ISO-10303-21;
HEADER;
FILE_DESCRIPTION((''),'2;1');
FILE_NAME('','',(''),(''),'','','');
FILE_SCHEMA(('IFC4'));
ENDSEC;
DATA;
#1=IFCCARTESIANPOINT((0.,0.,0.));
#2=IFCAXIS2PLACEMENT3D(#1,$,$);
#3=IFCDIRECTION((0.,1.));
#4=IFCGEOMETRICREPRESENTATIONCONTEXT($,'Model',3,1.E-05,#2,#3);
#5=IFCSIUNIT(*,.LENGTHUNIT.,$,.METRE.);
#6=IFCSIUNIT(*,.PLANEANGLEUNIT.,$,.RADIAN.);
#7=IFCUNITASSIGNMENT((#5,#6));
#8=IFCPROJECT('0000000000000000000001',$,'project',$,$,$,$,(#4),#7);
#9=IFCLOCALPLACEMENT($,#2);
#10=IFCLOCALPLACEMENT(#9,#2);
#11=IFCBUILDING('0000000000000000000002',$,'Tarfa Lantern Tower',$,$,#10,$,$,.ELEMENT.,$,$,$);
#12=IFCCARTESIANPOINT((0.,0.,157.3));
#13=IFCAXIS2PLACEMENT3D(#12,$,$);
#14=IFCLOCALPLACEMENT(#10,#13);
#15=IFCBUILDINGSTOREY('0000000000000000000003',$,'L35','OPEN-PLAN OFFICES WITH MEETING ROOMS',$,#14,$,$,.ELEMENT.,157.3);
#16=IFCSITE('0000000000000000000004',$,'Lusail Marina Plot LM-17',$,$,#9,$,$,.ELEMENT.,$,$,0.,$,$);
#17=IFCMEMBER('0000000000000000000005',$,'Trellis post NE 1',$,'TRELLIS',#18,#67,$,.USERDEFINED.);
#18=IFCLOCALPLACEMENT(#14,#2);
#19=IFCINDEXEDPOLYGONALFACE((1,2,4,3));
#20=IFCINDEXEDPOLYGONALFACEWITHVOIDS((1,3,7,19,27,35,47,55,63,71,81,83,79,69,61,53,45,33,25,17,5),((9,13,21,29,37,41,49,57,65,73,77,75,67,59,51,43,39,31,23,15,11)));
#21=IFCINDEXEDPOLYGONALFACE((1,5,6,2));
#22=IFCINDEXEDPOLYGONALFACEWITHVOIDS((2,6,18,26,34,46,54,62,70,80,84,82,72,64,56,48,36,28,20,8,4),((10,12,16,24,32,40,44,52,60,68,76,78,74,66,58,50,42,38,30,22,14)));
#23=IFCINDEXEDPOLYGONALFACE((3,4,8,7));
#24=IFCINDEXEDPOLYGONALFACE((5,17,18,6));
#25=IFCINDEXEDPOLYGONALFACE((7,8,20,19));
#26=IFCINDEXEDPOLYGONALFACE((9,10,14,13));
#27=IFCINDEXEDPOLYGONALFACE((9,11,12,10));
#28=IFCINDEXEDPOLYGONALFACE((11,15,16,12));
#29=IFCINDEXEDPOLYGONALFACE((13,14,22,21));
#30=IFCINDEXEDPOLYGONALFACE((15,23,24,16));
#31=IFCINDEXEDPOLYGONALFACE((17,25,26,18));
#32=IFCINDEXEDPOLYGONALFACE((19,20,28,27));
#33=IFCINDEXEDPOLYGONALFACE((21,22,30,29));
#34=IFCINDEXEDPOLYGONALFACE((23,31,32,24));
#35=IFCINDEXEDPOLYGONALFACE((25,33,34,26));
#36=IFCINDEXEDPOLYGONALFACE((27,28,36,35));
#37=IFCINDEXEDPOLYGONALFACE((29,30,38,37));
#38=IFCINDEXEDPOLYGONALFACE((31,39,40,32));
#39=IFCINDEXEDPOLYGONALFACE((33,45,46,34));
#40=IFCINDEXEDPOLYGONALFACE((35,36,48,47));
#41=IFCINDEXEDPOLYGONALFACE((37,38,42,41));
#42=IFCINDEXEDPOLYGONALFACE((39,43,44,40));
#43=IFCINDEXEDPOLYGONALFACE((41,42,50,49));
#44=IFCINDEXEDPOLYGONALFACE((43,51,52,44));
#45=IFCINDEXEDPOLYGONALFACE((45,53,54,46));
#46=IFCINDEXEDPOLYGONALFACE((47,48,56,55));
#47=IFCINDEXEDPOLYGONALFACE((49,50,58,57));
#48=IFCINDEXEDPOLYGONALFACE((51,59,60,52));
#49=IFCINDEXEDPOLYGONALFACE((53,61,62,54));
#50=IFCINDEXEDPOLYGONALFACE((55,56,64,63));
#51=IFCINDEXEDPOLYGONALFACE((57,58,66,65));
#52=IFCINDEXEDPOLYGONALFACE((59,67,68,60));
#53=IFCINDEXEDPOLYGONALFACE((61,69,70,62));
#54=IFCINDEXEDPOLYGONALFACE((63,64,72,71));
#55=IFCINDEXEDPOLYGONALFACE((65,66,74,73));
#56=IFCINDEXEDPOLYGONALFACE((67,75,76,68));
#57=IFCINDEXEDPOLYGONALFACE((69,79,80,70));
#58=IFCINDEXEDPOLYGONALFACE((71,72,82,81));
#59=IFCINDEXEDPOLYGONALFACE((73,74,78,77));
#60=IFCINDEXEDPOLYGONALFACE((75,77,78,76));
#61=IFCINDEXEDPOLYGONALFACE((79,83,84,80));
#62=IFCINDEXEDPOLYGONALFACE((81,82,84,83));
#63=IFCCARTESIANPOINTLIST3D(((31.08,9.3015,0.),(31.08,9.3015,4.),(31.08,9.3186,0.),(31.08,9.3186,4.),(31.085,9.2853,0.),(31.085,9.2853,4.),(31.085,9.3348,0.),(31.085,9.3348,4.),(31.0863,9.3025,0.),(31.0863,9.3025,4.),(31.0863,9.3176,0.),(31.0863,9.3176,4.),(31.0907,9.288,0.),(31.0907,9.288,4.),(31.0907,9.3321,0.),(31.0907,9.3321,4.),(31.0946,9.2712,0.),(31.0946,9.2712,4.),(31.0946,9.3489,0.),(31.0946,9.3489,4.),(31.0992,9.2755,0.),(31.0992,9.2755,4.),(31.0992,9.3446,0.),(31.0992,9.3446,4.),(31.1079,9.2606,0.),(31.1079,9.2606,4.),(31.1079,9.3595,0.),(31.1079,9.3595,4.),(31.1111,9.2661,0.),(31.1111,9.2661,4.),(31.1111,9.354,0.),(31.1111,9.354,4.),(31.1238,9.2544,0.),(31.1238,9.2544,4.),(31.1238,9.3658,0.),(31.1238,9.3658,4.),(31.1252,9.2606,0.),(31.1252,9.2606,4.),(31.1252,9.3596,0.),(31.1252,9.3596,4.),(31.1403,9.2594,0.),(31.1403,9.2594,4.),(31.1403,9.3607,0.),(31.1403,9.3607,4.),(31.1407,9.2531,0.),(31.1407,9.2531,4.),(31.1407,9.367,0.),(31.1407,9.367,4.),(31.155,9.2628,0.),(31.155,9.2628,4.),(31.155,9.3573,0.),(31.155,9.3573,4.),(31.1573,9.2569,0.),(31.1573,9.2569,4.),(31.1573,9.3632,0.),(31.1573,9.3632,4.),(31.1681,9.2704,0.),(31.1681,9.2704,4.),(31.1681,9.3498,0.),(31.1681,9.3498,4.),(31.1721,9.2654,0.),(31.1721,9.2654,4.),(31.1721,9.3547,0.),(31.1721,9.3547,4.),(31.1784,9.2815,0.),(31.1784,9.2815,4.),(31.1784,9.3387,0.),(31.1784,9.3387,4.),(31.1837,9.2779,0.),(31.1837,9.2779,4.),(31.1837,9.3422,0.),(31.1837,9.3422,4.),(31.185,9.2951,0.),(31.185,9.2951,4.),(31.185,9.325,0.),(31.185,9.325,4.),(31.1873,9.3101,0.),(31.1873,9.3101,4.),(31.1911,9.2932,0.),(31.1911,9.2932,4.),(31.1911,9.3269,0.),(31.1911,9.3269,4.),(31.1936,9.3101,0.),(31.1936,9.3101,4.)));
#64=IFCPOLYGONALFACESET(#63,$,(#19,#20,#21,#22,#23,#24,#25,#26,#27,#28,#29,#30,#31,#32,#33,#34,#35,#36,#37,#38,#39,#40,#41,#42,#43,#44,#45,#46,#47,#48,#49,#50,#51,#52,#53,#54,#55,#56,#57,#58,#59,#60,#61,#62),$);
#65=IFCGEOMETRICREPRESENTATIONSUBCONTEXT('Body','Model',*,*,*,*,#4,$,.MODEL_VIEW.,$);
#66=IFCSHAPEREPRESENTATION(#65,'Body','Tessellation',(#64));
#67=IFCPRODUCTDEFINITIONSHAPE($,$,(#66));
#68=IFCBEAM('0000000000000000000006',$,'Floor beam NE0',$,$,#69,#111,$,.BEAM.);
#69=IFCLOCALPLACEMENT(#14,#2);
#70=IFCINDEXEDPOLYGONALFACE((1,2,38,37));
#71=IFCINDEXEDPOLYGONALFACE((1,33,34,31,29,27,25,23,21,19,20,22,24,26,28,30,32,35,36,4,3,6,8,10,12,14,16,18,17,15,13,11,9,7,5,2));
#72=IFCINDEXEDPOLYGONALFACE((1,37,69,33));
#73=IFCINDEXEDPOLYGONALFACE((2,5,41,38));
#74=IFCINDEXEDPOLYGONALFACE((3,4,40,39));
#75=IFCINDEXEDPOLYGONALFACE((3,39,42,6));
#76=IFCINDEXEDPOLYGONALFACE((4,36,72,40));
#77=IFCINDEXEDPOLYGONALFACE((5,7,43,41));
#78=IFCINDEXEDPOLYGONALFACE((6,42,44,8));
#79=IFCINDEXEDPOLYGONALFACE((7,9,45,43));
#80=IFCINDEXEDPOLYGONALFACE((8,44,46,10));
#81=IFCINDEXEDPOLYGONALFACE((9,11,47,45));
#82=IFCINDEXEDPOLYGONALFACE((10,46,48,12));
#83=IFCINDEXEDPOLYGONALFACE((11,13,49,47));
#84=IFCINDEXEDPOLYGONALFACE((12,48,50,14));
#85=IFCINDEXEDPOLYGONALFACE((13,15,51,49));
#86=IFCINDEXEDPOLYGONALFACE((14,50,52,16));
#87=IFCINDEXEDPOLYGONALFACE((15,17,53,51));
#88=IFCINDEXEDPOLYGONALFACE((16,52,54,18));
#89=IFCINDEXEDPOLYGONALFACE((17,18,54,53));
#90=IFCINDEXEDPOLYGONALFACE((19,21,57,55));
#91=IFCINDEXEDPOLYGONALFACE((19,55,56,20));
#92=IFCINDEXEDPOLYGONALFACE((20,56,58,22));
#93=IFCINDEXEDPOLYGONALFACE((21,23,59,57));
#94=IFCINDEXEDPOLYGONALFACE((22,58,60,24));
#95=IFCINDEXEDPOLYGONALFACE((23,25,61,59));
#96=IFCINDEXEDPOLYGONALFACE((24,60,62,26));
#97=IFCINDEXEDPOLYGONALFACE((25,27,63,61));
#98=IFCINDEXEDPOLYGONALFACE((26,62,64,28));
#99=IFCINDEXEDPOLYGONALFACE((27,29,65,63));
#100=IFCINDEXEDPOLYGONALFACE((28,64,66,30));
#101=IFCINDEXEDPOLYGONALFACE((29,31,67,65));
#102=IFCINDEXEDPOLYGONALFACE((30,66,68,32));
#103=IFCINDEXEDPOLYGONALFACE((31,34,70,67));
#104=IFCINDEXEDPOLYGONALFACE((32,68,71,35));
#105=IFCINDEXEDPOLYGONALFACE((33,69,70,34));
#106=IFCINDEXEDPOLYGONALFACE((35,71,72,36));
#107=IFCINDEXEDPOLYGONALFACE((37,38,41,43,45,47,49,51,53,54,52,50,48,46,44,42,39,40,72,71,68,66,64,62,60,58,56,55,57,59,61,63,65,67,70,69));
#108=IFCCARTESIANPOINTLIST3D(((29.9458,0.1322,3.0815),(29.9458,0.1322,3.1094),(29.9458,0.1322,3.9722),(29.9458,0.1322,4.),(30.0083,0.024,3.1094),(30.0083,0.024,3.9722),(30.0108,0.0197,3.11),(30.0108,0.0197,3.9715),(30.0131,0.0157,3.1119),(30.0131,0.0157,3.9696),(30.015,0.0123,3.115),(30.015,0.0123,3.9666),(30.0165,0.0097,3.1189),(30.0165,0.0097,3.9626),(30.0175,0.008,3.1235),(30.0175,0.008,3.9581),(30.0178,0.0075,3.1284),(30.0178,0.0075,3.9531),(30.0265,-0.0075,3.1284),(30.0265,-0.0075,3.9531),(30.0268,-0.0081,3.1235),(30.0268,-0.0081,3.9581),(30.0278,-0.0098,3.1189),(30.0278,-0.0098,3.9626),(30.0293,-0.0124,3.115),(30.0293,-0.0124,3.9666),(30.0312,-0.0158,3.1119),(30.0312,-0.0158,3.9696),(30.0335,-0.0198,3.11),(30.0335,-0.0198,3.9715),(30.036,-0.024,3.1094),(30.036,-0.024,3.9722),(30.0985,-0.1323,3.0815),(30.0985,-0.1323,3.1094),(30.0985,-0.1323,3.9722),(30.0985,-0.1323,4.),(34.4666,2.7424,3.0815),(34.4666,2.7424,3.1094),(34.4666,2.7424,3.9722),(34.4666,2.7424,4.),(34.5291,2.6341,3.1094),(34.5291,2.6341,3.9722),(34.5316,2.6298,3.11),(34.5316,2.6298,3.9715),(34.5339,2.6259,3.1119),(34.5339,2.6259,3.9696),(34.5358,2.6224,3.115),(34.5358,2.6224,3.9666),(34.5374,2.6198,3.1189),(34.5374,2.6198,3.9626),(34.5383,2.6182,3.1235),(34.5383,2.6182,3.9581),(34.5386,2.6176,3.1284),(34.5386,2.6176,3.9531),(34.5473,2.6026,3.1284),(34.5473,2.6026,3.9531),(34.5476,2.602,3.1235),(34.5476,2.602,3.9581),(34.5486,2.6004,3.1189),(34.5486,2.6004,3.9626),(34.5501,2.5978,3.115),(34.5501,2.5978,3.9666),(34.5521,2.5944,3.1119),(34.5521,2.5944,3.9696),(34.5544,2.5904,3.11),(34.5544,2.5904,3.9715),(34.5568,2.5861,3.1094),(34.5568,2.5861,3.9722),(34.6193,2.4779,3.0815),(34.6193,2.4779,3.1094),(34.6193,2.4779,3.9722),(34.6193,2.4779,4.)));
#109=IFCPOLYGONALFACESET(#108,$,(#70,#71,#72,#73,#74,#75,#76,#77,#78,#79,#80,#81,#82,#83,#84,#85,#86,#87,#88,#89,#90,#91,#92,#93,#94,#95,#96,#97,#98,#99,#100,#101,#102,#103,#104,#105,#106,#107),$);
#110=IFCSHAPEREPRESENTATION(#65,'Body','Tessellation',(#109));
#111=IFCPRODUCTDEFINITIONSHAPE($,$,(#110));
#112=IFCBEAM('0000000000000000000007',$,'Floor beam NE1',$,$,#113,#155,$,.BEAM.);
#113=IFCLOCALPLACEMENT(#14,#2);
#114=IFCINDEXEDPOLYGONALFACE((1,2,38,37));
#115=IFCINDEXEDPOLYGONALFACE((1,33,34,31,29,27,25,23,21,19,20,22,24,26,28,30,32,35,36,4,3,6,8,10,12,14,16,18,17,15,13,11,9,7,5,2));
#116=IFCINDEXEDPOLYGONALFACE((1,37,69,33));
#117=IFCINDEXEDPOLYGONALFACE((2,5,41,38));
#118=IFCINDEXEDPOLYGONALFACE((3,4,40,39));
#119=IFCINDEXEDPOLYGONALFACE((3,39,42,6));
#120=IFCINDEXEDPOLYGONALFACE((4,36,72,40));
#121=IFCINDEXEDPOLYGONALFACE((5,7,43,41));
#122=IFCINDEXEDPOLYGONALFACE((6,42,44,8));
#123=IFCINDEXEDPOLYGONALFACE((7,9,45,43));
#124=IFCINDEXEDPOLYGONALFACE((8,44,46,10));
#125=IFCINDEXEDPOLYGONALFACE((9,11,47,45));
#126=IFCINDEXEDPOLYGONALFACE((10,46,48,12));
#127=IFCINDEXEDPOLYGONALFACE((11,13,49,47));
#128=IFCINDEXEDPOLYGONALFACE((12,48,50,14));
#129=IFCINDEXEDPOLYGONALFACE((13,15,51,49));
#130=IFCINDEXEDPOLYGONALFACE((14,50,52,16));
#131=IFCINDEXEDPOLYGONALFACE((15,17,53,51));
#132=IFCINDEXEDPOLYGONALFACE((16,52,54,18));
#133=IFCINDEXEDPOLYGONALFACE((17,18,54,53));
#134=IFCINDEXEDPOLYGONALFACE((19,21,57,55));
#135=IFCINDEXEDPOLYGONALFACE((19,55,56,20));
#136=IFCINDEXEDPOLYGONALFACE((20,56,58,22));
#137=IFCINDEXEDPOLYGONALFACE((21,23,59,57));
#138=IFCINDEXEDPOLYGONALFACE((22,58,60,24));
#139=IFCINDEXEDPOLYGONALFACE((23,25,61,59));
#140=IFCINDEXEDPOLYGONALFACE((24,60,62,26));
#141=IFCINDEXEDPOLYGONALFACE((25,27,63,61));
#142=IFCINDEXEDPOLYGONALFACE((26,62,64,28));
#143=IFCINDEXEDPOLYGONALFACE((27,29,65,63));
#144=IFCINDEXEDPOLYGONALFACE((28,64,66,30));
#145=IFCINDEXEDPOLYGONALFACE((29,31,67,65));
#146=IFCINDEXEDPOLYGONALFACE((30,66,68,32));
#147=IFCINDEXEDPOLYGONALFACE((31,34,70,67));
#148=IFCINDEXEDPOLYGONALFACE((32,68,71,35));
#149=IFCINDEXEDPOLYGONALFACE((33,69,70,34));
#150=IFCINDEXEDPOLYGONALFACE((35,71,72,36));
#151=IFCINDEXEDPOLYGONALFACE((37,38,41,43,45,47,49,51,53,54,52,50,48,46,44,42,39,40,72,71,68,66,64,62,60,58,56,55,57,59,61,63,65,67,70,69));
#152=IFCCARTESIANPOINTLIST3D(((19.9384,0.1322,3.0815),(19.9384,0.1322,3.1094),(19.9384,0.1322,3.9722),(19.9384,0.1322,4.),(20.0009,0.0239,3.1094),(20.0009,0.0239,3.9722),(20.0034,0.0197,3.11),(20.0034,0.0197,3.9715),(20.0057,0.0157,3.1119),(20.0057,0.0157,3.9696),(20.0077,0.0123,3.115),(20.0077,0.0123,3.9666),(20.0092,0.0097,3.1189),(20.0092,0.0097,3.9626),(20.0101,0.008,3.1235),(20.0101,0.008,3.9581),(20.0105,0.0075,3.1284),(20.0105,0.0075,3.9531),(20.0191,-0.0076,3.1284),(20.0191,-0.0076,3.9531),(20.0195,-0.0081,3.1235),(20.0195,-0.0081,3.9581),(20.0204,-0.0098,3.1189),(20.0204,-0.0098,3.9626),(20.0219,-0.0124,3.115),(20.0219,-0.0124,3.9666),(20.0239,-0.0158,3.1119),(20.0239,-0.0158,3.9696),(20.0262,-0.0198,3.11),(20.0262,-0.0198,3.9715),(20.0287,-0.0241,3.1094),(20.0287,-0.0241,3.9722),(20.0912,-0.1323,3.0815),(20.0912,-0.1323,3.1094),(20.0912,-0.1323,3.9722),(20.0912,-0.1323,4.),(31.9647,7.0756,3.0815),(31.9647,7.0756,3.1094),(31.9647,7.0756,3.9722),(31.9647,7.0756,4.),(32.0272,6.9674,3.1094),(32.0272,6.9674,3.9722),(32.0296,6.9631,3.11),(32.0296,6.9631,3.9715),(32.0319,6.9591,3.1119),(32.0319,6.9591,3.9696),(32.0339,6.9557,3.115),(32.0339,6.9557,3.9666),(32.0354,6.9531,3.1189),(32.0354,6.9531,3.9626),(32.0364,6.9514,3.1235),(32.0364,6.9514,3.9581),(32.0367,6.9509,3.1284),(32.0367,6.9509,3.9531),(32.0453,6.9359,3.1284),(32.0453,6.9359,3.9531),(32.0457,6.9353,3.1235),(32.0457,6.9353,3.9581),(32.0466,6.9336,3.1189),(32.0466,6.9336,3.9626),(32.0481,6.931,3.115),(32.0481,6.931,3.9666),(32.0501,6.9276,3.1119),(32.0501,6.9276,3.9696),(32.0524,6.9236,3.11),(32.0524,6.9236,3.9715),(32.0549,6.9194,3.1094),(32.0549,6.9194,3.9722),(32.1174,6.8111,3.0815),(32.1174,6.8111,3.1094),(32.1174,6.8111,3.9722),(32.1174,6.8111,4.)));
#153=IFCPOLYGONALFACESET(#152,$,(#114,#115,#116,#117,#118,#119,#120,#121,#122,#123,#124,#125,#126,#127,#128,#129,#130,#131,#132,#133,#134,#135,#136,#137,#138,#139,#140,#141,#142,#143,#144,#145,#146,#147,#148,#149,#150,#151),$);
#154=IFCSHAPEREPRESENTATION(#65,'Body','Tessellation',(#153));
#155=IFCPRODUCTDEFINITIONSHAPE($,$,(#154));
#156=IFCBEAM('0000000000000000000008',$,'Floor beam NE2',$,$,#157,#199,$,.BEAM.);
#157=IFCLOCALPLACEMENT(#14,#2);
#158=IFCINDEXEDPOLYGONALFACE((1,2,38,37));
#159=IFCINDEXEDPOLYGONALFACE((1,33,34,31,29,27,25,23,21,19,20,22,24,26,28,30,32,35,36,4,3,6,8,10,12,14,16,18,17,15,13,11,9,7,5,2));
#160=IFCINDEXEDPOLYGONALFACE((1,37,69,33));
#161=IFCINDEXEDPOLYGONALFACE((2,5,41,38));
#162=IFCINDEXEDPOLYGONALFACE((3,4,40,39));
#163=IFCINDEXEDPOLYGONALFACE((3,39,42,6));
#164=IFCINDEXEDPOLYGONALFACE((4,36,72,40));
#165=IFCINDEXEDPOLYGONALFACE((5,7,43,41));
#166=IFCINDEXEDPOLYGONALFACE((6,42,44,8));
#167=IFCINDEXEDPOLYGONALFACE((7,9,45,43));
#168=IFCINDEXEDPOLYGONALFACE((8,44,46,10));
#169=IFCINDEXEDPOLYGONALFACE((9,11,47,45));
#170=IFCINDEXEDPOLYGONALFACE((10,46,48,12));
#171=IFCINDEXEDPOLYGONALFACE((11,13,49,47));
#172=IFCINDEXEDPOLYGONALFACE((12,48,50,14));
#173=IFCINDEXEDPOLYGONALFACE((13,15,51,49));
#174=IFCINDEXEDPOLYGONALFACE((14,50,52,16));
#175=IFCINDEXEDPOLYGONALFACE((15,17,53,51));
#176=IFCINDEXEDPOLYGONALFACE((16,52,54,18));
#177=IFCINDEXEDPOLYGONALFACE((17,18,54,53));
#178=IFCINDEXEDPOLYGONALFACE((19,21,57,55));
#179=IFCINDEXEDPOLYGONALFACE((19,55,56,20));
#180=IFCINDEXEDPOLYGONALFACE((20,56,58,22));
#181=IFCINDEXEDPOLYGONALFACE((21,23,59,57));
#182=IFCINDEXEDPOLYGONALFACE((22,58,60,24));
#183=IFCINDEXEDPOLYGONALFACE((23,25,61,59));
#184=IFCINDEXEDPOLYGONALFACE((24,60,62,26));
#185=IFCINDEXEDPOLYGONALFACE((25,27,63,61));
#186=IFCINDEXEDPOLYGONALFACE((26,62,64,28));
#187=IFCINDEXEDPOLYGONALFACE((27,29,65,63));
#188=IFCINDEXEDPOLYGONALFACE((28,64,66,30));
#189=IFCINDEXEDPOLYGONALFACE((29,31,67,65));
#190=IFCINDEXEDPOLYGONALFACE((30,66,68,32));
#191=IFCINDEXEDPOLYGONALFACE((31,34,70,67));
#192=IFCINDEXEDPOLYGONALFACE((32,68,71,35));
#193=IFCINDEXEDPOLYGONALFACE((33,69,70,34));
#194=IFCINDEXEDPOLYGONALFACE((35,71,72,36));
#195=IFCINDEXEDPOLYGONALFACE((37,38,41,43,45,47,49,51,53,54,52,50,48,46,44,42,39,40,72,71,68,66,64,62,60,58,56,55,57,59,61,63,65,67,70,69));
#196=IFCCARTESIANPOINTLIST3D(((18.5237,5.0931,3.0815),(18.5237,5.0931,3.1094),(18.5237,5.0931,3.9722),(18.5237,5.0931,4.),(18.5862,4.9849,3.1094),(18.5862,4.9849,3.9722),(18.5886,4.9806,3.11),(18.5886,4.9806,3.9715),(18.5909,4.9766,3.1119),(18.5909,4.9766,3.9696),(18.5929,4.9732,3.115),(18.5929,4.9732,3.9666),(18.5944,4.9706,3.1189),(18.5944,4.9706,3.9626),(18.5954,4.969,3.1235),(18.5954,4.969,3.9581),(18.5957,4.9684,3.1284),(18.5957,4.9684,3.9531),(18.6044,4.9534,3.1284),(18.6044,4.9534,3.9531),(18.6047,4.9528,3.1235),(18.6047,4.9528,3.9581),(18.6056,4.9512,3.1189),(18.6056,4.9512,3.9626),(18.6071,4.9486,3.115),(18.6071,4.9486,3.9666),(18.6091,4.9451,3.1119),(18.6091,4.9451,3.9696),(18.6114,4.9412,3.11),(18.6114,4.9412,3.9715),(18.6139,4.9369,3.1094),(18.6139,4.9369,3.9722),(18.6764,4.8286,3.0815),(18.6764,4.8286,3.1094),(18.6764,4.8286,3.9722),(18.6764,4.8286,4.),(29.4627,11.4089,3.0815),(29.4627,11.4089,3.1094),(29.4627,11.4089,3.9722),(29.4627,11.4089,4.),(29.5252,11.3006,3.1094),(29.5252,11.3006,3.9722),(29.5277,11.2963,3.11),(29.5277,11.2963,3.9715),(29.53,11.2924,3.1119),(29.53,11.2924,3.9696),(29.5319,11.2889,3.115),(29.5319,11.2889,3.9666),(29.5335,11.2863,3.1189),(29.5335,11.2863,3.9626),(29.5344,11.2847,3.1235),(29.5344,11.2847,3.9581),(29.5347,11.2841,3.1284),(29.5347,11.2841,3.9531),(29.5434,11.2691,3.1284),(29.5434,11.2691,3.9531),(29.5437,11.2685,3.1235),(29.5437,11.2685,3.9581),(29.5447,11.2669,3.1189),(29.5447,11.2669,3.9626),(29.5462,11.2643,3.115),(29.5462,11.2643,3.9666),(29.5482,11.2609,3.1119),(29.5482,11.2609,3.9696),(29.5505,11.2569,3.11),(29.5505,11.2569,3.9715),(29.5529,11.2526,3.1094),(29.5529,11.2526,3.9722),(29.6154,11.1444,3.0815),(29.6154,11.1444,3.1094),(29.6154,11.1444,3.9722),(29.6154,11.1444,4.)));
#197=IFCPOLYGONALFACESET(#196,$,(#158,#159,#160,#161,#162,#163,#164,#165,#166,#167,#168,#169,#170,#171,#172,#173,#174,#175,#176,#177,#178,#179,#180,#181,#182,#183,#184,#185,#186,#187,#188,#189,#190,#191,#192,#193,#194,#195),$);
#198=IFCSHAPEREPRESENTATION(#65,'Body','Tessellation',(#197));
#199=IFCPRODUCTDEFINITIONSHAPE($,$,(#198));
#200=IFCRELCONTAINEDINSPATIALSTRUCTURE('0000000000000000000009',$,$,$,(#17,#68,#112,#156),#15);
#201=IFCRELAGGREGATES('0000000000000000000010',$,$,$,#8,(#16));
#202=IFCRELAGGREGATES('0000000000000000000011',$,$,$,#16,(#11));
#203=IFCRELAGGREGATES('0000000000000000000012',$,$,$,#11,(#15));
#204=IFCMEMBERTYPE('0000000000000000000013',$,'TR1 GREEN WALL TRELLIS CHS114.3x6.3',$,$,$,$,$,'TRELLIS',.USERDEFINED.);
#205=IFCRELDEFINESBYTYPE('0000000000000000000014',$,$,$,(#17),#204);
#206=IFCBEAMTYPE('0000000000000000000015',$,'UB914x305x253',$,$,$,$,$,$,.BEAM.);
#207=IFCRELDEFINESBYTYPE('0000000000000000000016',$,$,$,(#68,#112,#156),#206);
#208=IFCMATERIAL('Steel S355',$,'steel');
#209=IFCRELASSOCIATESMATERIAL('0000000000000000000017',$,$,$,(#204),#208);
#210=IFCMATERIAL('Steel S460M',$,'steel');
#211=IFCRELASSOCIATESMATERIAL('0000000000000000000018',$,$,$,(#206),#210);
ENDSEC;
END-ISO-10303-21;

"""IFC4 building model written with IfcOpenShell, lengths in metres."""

from ifc_helpers import new_model, si_unit, direction, frame, origin, origin_2d, place, context, subcontext, project, spatial, hollow_circle, i_section, extrude, material, material_profile, profile_set, type_object, element, save


model = new_model("IFC4")

# Units and contexts
model_context = context("Model", 3, precision=1e-05, world=origin(), true_north=direction((0.0, 1.0)))
body_context = subcontext(model_context, "Body", "Model", "MODEL_VIEW")
ifc_project = project(units=[si_unit("LENGTHUNIT", "METRE"), si_unit("PLANEANGLEUNIT", "RADIAN")], contexts=[model_context])

# Site, building, storey
site_placement = place(None, origin())
site = spatial("IfcSite", under=ifc_project, at=site_placement, Name="Lusail Marina Plot LM-17", CompositionType="ELEMENT", RefElevation=0.0)
building_placement = place(site_placement, origin())
building = spatial("IfcBuilding", under=site, at=building_placement, Name="Tarfa Lantern Tower", CompositionType="ELEMENT")
storey_placement = place(building_placement, frame((0.0, 0.0, 157.3)))
storey = spatial("IfcBuildingStorey", under=building, at=storey_placement, Name="L35", Description="OPEN-PLAN OFFICES WITH MEETING ROOMS", CompositionType="ELEMENT", Elevation=157.3)

# Member
ifc_material_1 = material(Name="Steel S355", Category="steel")
ifc_material_profile_1 = material_profile(ifc_material_1, hollow_circle(Radius=0.0571, WallThickness=0.0063, at=origin_2d()), Name="CHS114.3x6.3")
ifc_profile_set_1 = profile_set([ifc_material_profile_1], Name="Steel S355")
member_type_1 = type_object("IfcMemberType", Name="TR1 GREEN WALL TRELLIS CHS114.3x6.3", ElementType="TRELLIS", PredefinedType="USERDEFINED", material=ifc_profile_set_1)
member_1_placement = place(storey_placement, frame((31.1365, 9.3101, 0.0), z_axis=(0.0, 0.0, 1.0), x_axis=(1.0, 0.0, 0.0)))
element("IfcMember", 1, at=member_1_placement, inside=storey, type_object=member_type_1, Name="Trellis post NE 1", ObjectType="TRELLIS", PredefinedType="USERDEFINED", context=body_context, shape_type="SweptSolid", body=[
    extrude(hollow_circle(Radius=0.0571, WallThickness=0.0063, at=origin_2d()), origin(), (0.0, 0.0, 1.0), 4.0),
])

# Beams
ifc_material_2 = material(Name="Steel S460M", Category="steel")
ifc_material_profile_2 = material_profile(ifc_material_2, i_section(OverallWidth=0.3054, OverallDepth=0.9185, WebThickness=0.0173, FlangeThickness=0.0278, FilletRadius=0.019, at=origin_2d()), Name="UB914x305x253")
ifc_profile_set_2 = profile_set([ifc_material_profile_2], Name="Steel S460M")
beam_type_1 = type_object("IfcBeamType", Name="UB914x305x253", PredefinedType="BEAM", material=ifc_profile_set_2)
beam_1_placement = place(storey_placement, frame((34.543, 2.6101, 3.5408), z_axis=(-0.866021, -0.500007, 0.0), x_axis=(0.500007, -0.866021, 0.0)))
element("IfcBeam", 2, at=beam_1_placement, inside=storey, type_object=beam_type_1, Name="Floor beam NE0", PredefinedType="BEAM", context=body_context, shape_type="SweptSolid", body=[
    extrude(i_section(OverallWidth=0.3054, OverallDepth=0.9185, WebThickness=0.0173, FlangeThickness=0.0278, FilletRadius=0.019, at=origin_2d()), origin(), (0.0, 0.0, 1.0), 5.2202),
])
beam_2_placement = place(storey_placement, frame((32.041, 6.9434, 3.5408), z_axis=(-0.866023, -0.500004, 0.0), x_axis=(0.500004, -0.866023, 0.0)))
element("IfcBeam", 3, at=beam_2_placement, inside=storey, type_object=beam_type_1, Name="Floor beam NE1", PredefinedType="BEAM", context=body_context, shape_type="SweptSolid", body=[
    extrude(i_section(OverallWidth=0.3054, OverallDepth=0.9185, WebThickness=0.0173, FlangeThickness=0.0278, FilletRadius=0.019, at=origin_2d()), origin(), (0.0, 0.0, 1.0), 13.8867),
])
beam_3_placement = place(storey_placement, frame((29.5391, 11.2766, 3.5408), z_axis=(-0.866023, -0.500004, 0.0), x_axis=(0.500004, -0.866023, 0.0)))
element("IfcBeam", 4, at=beam_3_placement, inside=storey, type_object=beam_type_1, Name="Floor beam NE2", PredefinedType="BEAM", context=body_context, shape_type="SweptSolid", body=[
    extrude(i_section(OverallWidth=0.3054, OverallDepth=0.9185, WebThickness=0.0173, FlangeThickness=0.0278, FilletRadius=0.019, at=origin_2d()), origin(), (0.0, 0.0, 1.0), 12.6313),
])

save(model, "model.ifc")
